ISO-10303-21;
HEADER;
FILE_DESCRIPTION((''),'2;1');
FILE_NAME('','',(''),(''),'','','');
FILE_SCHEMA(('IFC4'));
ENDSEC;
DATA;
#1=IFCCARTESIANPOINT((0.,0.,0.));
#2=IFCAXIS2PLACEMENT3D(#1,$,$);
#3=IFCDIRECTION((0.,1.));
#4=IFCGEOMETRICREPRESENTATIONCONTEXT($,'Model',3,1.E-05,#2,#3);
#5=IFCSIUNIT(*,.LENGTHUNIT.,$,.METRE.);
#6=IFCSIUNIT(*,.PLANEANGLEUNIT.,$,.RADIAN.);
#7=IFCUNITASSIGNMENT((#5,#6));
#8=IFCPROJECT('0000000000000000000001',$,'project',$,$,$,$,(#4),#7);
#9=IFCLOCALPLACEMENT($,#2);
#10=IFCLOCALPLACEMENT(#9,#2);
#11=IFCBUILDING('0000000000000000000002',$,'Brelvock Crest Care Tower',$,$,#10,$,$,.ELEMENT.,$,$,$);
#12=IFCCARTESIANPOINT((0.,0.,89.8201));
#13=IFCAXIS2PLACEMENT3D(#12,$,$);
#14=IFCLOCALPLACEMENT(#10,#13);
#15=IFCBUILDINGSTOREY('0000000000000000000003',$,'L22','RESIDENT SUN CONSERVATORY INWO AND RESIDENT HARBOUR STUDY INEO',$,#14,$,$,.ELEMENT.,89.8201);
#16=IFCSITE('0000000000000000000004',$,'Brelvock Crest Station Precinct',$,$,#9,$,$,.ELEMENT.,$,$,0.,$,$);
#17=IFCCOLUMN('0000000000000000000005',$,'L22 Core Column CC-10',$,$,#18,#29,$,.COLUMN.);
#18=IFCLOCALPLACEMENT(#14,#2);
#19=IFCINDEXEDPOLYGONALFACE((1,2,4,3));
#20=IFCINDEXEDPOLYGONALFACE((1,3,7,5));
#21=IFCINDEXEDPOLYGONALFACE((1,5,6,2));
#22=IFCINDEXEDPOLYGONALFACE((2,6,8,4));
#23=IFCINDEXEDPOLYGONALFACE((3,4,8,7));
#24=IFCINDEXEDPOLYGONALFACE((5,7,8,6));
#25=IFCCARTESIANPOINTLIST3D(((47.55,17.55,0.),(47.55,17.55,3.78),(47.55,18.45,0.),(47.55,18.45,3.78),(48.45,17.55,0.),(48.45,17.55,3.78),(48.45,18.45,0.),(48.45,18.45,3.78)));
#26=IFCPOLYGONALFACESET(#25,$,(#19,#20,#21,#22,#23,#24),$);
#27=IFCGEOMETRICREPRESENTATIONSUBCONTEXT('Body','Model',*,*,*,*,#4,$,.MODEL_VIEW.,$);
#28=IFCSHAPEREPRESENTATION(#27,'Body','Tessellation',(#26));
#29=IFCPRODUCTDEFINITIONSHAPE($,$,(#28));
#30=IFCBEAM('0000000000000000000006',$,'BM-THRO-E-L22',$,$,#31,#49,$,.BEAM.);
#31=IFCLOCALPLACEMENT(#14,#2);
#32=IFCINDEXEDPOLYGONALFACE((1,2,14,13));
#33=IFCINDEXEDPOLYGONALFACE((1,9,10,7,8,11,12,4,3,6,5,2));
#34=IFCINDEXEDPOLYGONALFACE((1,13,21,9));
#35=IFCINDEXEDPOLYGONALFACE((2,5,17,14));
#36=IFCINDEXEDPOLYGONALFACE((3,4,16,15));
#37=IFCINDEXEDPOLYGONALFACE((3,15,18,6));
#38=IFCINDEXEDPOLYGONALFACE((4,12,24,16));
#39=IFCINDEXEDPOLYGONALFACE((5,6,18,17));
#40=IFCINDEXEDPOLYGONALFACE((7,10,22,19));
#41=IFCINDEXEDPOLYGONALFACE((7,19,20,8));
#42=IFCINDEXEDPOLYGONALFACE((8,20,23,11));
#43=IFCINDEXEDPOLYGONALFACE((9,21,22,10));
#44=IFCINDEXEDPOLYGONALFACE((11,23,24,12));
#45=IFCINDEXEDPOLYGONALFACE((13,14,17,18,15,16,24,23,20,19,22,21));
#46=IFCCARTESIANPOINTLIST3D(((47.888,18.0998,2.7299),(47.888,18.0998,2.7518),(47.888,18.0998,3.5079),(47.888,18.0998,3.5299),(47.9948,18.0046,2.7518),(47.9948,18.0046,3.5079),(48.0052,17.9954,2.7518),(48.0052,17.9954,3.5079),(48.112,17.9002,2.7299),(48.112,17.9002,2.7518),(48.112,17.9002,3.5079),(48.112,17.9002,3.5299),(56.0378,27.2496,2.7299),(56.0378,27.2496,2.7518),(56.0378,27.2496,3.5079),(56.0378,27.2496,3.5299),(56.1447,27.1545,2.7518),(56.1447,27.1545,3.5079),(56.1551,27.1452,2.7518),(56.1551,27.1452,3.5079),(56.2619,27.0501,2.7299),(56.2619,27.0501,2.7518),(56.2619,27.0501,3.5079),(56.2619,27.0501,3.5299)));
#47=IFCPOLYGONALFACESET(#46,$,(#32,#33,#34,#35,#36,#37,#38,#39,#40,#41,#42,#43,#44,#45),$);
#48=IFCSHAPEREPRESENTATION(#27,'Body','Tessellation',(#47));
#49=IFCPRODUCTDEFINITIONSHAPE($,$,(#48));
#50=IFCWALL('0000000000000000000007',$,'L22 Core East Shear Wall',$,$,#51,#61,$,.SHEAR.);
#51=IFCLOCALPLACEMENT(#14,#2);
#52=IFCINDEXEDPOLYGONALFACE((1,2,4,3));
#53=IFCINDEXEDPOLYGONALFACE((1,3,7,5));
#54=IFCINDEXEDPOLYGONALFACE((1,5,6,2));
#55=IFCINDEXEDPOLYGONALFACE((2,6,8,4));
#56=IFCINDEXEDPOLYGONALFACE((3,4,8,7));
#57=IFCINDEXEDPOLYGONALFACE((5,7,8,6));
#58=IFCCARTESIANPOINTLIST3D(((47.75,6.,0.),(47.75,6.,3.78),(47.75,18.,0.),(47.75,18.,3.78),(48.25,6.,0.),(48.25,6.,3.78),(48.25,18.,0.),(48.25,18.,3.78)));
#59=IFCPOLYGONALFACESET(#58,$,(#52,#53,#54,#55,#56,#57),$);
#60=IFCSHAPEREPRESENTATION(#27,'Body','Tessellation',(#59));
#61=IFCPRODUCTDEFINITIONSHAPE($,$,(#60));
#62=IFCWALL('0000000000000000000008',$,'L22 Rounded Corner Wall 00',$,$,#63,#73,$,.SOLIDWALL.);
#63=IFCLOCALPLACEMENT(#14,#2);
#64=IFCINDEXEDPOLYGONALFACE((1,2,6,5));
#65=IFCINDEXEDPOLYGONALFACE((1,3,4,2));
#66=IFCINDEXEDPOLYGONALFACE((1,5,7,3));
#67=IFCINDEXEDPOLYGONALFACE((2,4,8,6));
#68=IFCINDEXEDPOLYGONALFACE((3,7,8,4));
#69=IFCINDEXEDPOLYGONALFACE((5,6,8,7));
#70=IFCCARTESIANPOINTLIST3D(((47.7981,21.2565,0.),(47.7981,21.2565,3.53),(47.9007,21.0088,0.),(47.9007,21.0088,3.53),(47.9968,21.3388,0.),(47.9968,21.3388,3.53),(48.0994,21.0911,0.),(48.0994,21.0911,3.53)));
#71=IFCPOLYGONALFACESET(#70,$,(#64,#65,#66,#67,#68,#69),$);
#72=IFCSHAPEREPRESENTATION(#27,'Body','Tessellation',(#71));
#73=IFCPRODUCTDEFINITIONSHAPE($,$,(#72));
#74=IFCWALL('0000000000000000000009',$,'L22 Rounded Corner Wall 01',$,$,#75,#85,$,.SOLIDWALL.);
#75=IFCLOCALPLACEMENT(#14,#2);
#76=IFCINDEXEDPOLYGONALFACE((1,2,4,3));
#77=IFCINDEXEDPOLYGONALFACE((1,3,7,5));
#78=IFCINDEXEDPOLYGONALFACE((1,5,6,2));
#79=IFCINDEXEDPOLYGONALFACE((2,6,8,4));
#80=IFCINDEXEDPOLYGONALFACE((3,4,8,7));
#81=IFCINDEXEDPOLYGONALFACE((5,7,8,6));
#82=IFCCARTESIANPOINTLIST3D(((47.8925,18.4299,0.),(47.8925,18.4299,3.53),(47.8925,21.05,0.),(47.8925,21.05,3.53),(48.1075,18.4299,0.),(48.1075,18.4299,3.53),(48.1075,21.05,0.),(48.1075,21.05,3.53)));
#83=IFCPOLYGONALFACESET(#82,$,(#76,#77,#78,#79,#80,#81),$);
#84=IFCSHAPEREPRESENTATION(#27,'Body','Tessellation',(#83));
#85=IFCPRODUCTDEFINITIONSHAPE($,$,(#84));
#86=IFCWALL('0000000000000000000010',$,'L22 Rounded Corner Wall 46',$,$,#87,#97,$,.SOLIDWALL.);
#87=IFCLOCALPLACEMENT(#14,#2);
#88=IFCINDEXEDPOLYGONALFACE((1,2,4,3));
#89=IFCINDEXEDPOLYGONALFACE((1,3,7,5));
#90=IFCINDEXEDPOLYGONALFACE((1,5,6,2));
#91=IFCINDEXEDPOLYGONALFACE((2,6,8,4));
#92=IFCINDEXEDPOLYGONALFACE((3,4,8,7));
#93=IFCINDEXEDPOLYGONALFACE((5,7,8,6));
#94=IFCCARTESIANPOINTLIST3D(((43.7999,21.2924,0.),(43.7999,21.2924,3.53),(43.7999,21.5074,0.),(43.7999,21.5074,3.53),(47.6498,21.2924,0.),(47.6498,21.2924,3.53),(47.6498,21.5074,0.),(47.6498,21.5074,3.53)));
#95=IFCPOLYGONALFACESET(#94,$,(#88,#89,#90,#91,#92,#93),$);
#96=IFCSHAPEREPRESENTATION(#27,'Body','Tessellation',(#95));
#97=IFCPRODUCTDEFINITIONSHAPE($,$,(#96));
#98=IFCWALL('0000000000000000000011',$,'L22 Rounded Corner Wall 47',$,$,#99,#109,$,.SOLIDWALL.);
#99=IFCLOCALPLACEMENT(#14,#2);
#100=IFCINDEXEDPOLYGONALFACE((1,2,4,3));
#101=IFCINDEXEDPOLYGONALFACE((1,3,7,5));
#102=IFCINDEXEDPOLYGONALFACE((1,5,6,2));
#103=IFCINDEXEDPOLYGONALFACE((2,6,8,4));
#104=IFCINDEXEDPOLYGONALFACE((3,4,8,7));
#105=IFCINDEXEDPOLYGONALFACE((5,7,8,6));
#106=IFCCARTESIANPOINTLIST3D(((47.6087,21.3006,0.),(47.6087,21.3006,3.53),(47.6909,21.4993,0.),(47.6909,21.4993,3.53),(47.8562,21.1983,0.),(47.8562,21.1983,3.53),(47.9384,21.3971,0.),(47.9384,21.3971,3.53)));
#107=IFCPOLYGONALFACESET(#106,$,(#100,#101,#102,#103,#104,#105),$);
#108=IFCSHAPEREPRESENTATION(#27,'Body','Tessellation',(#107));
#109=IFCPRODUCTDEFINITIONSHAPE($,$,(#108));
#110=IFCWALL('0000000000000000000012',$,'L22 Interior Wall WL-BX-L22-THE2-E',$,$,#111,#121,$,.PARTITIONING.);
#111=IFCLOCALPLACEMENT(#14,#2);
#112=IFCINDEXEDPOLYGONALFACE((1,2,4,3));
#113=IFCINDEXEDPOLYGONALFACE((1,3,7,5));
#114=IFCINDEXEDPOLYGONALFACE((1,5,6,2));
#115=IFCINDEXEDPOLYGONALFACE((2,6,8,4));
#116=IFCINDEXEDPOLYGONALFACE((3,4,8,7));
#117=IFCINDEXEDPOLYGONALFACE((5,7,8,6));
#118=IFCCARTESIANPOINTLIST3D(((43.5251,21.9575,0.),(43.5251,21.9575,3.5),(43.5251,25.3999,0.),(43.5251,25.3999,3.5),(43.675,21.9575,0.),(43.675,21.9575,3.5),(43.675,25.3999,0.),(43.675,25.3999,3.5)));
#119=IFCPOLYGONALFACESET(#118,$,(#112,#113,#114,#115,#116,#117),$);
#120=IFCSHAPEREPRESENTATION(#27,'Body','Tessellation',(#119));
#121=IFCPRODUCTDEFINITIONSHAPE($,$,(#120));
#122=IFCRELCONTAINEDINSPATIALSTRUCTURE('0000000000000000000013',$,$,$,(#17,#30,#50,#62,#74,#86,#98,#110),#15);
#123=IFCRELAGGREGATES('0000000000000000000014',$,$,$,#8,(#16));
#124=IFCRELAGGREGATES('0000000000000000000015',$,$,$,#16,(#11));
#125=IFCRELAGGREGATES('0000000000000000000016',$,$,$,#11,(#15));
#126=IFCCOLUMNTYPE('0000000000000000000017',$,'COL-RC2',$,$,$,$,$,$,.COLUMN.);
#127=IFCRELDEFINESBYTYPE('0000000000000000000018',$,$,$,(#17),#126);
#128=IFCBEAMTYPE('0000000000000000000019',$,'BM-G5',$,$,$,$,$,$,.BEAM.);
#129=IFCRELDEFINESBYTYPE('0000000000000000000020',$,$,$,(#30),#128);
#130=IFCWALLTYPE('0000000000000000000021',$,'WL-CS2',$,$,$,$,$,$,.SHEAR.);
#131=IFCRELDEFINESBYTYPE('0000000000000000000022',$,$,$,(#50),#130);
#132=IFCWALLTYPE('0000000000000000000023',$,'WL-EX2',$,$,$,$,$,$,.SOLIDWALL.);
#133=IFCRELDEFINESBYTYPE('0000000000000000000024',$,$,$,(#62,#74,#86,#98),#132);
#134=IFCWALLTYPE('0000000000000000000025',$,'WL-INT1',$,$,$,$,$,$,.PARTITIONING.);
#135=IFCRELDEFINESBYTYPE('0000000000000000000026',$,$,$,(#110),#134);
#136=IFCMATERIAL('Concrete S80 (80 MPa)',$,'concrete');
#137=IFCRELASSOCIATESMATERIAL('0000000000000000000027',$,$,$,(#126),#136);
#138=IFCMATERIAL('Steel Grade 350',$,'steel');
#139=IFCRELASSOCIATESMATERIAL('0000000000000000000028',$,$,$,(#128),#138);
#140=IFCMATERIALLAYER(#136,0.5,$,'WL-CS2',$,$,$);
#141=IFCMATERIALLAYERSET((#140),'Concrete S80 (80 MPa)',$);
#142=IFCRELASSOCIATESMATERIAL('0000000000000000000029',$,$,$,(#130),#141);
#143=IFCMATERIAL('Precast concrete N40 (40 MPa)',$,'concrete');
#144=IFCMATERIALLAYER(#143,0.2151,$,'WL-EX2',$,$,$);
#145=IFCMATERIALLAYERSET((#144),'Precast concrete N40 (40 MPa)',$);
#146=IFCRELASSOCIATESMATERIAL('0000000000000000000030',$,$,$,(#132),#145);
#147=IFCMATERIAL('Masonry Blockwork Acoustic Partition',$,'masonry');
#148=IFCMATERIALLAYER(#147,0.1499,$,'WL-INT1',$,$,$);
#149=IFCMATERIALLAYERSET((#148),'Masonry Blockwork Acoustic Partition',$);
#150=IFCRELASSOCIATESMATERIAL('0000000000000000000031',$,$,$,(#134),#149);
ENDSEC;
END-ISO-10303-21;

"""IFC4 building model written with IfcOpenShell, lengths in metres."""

from ifc_helpers import new_model, si_unit, direction, frame, frame_2d, origin, origin_2d, place, context, subcontext, project, spatial, rectangle, i_section, extrude, source, transform, mapped, material, layer, layer_set, material_profile, profile_set, type_object, element, save


model = new_model("IFC4")

# Units and contexts
model_context = context("Model", 3, precision=1e-05, world=origin(), true_north=direction((0.0, 1.0)))
body_context = subcontext(model_context, "Body", "Model", "MODEL_VIEW")
ifc_project = project(units=[si_unit("LENGTHUNIT", "METRE"), si_unit("PLANEANGLEUNIT", "RADIAN")], contexts=[model_context])

# Site, building, storey
site_placement = place(None, origin())
site = spatial("IfcSite", under=ifc_project, at=site_placement, Name="Brelvock Crest Station Precinct", CompositionType="ELEMENT", RefElevation=0.0)
building_placement = place(site_placement, origin())
building = spatial("IfcBuilding", under=site, at=building_placement, Name="Brelvock Crest Care Tower", CompositionType="ELEMENT")
storey_placement = place(building_placement, frame((0.0, 0.0, 89.8201)))
storey = spatial("IfcBuildingStorey", under=building, at=storey_placement, Name="L22", Description="RESIDENT SUN CONSERVATORY INWO AND RESIDENT HARBOUR STUDY INEO", CompositionType="ELEMENT", Elevation=89.8201)

# Column
ifc_material_1 = material(Name="Concrete S80 (80 MPa)", Category="concrete")
ifc_material_profile_1 = material_profile(ifc_material_1, rectangle(XDim=0.8999, YDim=0.8999, at=origin_2d()), Name="RC900x900")
ifc_profile_set_1 = profile_set([ifc_material_profile_1], Name="Concrete S80 (80 MPa)")
column_type = type_object("IfcColumnType", Name="COL-RC2", PredefinedType="COLUMN", material=ifc_profile_set_1)
shared_shape_1 = source(origin(), body_context, "Body", "SweptSolid", [
    extrude(rectangle(XDim=0.8999, YDim=0.8999, at=origin_2d()), origin(), (0.0, 0.0, 1.0), 3.78),
])
column_placement = place(storey_placement, frame((48.0, 18.0, 0.0), z_axis=(0.0, 0.0, 1.0), x_axis=(1.0, 0.0, 0.0)))
element("IfcColumn", 1, at=column_placement, inside=storey, type_object=column_type, Name="L22 Core Column CC-10", PredefinedType="COLUMN", context=body_context, shape_type="MappedRepresentation", body=[
    mapped(shared_shape_1, transform((0.0, 0.0, 0.0), x_axis=(1.0, 0.0, 0.0), y_axis=(0.0, 1.0, 0.0), z_axis=(0.0, 0.0, 1.0), scale=1.0)),
])

# Beam
ifc_material_2 = material(Name="Steel Grade 350", Category="steel")
ifc_material_profile_2 = material_profile(ifc_material_2, i_section(OverallWidth=0.3, OverallDepth=0.8, WebThickness=0.0139, FlangeThickness=0.022, at=origin_2d()), Name="800WB192")
ifc_profile_set_2 = profile_set([ifc_material_profile_2], Name="Steel Grade 350")
beam_type = type_object("IfcBeamType", Name="BM-G5", PredefinedType="BEAM", material=ifc_profile_set_2)
shared_shape_2 = source(origin(), body_context, "Body", "SweptSolid", [
    extrude(i_section(OverallWidth=0.3, OverallDepth=0.8, WebThickness=0.0139, FlangeThickness=0.022, at=origin_2d()), origin(), (0.0, 0.0, 1.0), 12.2532),
])
beam_placement = place(storey_placement, frame((48.0, 18.0, 3.1299), z_axis=(0.665123, 0.746734, 0.0), x_axis=(-0.746734, 0.665123, 0.0)))
element("IfcBeam", 2, at=beam_placement, inside=storey, type_object=beam_type, Name="BM-THRO-E-L22", PredefinedType="BEAM", context=body_context, shape_type="MappedRepresentation", body=[
    mapped(shared_shape_2, transform((0.0, 0.0, 0.0), x_axis=(1.0, 0.0, 0.0), y_axis=(0.0, 1.0, 0.0), z_axis=(0.0, 0.0, 1.0), scale=1.0)),
])

# Walls
ifc_layer_1 = layer(ifc_material_1, 0.5, Name="WL-CS2")
ifc_layer_set_1 = layer_set([ifc_layer_1], Name="Concrete S80 (80 MPa)")
wall_type_1 = type_object("IfcWallType", Name="WL-CS2", PredefinedType="SHEAR", material=ifc_layer_set_1)
wall_1_placement = place(storey_placement, frame((48.0, 18.0, 0.0), z_axis=(0.0, 0.0, 1.0), x_axis=(0.0, -1.0, 0.0)))
element("IfcWall", 3, at=wall_1_placement, inside=storey, type_object=wall_type_1, Name="L22 Core East Shear Wall", PredefinedType="SHEAR", context=body_context, shape_type="SweptSolid", body=[
    extrude(rectangle(XDim=12.0, YDim=0.5, at=frame_2d((6.0, 0.0))), origin(), (0.0, 0.0, 1.0), 3.78),
])
ifc_material_3 = material(Name="Precast concrete N40 (40 MPa)", Category="concrete")
ifc_layer_2 = layer(ifc_material_3, 0.2151, Name="WL-EX2")
ifc_layer_set_2 = layer_set([ifc_layer_2], Name="Precast concrete N40 (40 MPa)")
wall_type_2 = type_object("IfcWallType", Name="WL-EX2", PredefinedType="SOLIDWALL", material=ifc_layer_set_2)
wall_2_placement = place(storey_placement, frame((47.8975, 21.2976, 0.0), z_axis=(0.0, 0.0, 1.0), x_axis=(0.382674, -0.923884, 0.0)))
element("IfcWall", 4, at=wall_2_placement, inside=storey, type_object=wall_type_2, Name="L22 Rounded Corner Wall 00", PredefinedType="SOLIDWALL", context=body_context, shape_type="SweptSolid", body=[
    extrude(rectangle(XDim=0.2681, YDim=0.2151, at=frame_2d((0.134, 0.0))), origin(), (0.0, 0.0, 1.0), 3.53),
])
wall_3_placement = place(storey_placement, frame((48.0, 21.05, 0.0), z_axis=(0.0, 0.0, 1.0), x_axis=(0.0, -1.0, 0.0)))
element("IfcWall", 5, at=wall_3_placement, inside=storey, type_object=wall_type_2, Name="L22 Rounded Corner Wall 01", PredefinedType="SOLIDWALL", context=body_context, shape_type="SweptSolid", body=[
    extrude(rectangle(XDim=2.6201, YDim=0.2151, at=frame_2d((1.3101, 0.0))), origin(), (0.0, 0.0, 1.0), 3.53),
])
wall_4_placement = place(storey_placement, frame((43.8, 21.3999, 0.0), z_axis=(0.0, 0.0, 1.0), x_axis=(1.0, 0.0, 0.0)))
element("IfcWall", 6, at=wall_4_placement, inside=storey, type_object=wall_type_2, Name="L22 Rounded Corner Wall 46", PredefinedType="SOLIDWALL", context=body_context, shape_type="SweptSolid", body=[
    extrude(rectangle(XDim=3.8499, YDim=0.2151, at=frame_2d((1.9248, 0.0))), origin(), (0.0, 0.0, 1.0), 3.53),
])
wall_5_placement = place(storey_placement, frame((47.6499, 21.3999, 0.0), z_axis=(0.0, 0.0, 1.0), x_axis=(0.924205, -0.381896, 0.0)))
element("IfcWall", 7, at=wall_5_placement, inside=storey, type_object=wall_type_2, Name="L22 Rounded Corner Wall 47", PredefinedType="SOLIDWALL", context=body_context, shape_type="SweptSolid", body=[
    extrude(rectangle(XDim=0.2678, YDim=0.2151, at=frame_2d((0.1338, 0.0))), origin(), (0.0, 0.0, 1.0), 3.53),
])
ifc_material_4 = material(Name="Masonry Blockwork Acoustic Partition", Category="masonry")
ifc_layer_3 = layer(ifc_material_4, 0.1499, Name="WL-INT1")
ifc_layer_set_3 = layer_set([ifc_layer_3], Name="Masonry Blockwork Acoustic Partition")
wall_type_3 = type_object("IfcWallType", Name="WL-INT1", PredefinedType="PARTITIONING", material=ifc_layer_set_3)
wall_6_placement = place(storey_placement, frame((43.6001, 21.9575, 0.0), z_axis=(0.0, 0.0, 1.0), x_axis=(0.0, 1.0, 0.0)))
element("IfcWall", 8, at=wall_6_placement, inside=storey, type_object=wall_type_3, Name="L22 Interior Wall WL-BX-L22-THE2-E", PredefinedType="PARTITIONING", context=body_context, shape_type="SweptSolid", body=[
    extrude(rectangle(XDim=3.4424, YDim=0.1499, at=frame_2d((1.7212, 0.0))), origin(), (0.0, 0.0, 1.0), 3.5),
])

save(model, "model.ifc")
